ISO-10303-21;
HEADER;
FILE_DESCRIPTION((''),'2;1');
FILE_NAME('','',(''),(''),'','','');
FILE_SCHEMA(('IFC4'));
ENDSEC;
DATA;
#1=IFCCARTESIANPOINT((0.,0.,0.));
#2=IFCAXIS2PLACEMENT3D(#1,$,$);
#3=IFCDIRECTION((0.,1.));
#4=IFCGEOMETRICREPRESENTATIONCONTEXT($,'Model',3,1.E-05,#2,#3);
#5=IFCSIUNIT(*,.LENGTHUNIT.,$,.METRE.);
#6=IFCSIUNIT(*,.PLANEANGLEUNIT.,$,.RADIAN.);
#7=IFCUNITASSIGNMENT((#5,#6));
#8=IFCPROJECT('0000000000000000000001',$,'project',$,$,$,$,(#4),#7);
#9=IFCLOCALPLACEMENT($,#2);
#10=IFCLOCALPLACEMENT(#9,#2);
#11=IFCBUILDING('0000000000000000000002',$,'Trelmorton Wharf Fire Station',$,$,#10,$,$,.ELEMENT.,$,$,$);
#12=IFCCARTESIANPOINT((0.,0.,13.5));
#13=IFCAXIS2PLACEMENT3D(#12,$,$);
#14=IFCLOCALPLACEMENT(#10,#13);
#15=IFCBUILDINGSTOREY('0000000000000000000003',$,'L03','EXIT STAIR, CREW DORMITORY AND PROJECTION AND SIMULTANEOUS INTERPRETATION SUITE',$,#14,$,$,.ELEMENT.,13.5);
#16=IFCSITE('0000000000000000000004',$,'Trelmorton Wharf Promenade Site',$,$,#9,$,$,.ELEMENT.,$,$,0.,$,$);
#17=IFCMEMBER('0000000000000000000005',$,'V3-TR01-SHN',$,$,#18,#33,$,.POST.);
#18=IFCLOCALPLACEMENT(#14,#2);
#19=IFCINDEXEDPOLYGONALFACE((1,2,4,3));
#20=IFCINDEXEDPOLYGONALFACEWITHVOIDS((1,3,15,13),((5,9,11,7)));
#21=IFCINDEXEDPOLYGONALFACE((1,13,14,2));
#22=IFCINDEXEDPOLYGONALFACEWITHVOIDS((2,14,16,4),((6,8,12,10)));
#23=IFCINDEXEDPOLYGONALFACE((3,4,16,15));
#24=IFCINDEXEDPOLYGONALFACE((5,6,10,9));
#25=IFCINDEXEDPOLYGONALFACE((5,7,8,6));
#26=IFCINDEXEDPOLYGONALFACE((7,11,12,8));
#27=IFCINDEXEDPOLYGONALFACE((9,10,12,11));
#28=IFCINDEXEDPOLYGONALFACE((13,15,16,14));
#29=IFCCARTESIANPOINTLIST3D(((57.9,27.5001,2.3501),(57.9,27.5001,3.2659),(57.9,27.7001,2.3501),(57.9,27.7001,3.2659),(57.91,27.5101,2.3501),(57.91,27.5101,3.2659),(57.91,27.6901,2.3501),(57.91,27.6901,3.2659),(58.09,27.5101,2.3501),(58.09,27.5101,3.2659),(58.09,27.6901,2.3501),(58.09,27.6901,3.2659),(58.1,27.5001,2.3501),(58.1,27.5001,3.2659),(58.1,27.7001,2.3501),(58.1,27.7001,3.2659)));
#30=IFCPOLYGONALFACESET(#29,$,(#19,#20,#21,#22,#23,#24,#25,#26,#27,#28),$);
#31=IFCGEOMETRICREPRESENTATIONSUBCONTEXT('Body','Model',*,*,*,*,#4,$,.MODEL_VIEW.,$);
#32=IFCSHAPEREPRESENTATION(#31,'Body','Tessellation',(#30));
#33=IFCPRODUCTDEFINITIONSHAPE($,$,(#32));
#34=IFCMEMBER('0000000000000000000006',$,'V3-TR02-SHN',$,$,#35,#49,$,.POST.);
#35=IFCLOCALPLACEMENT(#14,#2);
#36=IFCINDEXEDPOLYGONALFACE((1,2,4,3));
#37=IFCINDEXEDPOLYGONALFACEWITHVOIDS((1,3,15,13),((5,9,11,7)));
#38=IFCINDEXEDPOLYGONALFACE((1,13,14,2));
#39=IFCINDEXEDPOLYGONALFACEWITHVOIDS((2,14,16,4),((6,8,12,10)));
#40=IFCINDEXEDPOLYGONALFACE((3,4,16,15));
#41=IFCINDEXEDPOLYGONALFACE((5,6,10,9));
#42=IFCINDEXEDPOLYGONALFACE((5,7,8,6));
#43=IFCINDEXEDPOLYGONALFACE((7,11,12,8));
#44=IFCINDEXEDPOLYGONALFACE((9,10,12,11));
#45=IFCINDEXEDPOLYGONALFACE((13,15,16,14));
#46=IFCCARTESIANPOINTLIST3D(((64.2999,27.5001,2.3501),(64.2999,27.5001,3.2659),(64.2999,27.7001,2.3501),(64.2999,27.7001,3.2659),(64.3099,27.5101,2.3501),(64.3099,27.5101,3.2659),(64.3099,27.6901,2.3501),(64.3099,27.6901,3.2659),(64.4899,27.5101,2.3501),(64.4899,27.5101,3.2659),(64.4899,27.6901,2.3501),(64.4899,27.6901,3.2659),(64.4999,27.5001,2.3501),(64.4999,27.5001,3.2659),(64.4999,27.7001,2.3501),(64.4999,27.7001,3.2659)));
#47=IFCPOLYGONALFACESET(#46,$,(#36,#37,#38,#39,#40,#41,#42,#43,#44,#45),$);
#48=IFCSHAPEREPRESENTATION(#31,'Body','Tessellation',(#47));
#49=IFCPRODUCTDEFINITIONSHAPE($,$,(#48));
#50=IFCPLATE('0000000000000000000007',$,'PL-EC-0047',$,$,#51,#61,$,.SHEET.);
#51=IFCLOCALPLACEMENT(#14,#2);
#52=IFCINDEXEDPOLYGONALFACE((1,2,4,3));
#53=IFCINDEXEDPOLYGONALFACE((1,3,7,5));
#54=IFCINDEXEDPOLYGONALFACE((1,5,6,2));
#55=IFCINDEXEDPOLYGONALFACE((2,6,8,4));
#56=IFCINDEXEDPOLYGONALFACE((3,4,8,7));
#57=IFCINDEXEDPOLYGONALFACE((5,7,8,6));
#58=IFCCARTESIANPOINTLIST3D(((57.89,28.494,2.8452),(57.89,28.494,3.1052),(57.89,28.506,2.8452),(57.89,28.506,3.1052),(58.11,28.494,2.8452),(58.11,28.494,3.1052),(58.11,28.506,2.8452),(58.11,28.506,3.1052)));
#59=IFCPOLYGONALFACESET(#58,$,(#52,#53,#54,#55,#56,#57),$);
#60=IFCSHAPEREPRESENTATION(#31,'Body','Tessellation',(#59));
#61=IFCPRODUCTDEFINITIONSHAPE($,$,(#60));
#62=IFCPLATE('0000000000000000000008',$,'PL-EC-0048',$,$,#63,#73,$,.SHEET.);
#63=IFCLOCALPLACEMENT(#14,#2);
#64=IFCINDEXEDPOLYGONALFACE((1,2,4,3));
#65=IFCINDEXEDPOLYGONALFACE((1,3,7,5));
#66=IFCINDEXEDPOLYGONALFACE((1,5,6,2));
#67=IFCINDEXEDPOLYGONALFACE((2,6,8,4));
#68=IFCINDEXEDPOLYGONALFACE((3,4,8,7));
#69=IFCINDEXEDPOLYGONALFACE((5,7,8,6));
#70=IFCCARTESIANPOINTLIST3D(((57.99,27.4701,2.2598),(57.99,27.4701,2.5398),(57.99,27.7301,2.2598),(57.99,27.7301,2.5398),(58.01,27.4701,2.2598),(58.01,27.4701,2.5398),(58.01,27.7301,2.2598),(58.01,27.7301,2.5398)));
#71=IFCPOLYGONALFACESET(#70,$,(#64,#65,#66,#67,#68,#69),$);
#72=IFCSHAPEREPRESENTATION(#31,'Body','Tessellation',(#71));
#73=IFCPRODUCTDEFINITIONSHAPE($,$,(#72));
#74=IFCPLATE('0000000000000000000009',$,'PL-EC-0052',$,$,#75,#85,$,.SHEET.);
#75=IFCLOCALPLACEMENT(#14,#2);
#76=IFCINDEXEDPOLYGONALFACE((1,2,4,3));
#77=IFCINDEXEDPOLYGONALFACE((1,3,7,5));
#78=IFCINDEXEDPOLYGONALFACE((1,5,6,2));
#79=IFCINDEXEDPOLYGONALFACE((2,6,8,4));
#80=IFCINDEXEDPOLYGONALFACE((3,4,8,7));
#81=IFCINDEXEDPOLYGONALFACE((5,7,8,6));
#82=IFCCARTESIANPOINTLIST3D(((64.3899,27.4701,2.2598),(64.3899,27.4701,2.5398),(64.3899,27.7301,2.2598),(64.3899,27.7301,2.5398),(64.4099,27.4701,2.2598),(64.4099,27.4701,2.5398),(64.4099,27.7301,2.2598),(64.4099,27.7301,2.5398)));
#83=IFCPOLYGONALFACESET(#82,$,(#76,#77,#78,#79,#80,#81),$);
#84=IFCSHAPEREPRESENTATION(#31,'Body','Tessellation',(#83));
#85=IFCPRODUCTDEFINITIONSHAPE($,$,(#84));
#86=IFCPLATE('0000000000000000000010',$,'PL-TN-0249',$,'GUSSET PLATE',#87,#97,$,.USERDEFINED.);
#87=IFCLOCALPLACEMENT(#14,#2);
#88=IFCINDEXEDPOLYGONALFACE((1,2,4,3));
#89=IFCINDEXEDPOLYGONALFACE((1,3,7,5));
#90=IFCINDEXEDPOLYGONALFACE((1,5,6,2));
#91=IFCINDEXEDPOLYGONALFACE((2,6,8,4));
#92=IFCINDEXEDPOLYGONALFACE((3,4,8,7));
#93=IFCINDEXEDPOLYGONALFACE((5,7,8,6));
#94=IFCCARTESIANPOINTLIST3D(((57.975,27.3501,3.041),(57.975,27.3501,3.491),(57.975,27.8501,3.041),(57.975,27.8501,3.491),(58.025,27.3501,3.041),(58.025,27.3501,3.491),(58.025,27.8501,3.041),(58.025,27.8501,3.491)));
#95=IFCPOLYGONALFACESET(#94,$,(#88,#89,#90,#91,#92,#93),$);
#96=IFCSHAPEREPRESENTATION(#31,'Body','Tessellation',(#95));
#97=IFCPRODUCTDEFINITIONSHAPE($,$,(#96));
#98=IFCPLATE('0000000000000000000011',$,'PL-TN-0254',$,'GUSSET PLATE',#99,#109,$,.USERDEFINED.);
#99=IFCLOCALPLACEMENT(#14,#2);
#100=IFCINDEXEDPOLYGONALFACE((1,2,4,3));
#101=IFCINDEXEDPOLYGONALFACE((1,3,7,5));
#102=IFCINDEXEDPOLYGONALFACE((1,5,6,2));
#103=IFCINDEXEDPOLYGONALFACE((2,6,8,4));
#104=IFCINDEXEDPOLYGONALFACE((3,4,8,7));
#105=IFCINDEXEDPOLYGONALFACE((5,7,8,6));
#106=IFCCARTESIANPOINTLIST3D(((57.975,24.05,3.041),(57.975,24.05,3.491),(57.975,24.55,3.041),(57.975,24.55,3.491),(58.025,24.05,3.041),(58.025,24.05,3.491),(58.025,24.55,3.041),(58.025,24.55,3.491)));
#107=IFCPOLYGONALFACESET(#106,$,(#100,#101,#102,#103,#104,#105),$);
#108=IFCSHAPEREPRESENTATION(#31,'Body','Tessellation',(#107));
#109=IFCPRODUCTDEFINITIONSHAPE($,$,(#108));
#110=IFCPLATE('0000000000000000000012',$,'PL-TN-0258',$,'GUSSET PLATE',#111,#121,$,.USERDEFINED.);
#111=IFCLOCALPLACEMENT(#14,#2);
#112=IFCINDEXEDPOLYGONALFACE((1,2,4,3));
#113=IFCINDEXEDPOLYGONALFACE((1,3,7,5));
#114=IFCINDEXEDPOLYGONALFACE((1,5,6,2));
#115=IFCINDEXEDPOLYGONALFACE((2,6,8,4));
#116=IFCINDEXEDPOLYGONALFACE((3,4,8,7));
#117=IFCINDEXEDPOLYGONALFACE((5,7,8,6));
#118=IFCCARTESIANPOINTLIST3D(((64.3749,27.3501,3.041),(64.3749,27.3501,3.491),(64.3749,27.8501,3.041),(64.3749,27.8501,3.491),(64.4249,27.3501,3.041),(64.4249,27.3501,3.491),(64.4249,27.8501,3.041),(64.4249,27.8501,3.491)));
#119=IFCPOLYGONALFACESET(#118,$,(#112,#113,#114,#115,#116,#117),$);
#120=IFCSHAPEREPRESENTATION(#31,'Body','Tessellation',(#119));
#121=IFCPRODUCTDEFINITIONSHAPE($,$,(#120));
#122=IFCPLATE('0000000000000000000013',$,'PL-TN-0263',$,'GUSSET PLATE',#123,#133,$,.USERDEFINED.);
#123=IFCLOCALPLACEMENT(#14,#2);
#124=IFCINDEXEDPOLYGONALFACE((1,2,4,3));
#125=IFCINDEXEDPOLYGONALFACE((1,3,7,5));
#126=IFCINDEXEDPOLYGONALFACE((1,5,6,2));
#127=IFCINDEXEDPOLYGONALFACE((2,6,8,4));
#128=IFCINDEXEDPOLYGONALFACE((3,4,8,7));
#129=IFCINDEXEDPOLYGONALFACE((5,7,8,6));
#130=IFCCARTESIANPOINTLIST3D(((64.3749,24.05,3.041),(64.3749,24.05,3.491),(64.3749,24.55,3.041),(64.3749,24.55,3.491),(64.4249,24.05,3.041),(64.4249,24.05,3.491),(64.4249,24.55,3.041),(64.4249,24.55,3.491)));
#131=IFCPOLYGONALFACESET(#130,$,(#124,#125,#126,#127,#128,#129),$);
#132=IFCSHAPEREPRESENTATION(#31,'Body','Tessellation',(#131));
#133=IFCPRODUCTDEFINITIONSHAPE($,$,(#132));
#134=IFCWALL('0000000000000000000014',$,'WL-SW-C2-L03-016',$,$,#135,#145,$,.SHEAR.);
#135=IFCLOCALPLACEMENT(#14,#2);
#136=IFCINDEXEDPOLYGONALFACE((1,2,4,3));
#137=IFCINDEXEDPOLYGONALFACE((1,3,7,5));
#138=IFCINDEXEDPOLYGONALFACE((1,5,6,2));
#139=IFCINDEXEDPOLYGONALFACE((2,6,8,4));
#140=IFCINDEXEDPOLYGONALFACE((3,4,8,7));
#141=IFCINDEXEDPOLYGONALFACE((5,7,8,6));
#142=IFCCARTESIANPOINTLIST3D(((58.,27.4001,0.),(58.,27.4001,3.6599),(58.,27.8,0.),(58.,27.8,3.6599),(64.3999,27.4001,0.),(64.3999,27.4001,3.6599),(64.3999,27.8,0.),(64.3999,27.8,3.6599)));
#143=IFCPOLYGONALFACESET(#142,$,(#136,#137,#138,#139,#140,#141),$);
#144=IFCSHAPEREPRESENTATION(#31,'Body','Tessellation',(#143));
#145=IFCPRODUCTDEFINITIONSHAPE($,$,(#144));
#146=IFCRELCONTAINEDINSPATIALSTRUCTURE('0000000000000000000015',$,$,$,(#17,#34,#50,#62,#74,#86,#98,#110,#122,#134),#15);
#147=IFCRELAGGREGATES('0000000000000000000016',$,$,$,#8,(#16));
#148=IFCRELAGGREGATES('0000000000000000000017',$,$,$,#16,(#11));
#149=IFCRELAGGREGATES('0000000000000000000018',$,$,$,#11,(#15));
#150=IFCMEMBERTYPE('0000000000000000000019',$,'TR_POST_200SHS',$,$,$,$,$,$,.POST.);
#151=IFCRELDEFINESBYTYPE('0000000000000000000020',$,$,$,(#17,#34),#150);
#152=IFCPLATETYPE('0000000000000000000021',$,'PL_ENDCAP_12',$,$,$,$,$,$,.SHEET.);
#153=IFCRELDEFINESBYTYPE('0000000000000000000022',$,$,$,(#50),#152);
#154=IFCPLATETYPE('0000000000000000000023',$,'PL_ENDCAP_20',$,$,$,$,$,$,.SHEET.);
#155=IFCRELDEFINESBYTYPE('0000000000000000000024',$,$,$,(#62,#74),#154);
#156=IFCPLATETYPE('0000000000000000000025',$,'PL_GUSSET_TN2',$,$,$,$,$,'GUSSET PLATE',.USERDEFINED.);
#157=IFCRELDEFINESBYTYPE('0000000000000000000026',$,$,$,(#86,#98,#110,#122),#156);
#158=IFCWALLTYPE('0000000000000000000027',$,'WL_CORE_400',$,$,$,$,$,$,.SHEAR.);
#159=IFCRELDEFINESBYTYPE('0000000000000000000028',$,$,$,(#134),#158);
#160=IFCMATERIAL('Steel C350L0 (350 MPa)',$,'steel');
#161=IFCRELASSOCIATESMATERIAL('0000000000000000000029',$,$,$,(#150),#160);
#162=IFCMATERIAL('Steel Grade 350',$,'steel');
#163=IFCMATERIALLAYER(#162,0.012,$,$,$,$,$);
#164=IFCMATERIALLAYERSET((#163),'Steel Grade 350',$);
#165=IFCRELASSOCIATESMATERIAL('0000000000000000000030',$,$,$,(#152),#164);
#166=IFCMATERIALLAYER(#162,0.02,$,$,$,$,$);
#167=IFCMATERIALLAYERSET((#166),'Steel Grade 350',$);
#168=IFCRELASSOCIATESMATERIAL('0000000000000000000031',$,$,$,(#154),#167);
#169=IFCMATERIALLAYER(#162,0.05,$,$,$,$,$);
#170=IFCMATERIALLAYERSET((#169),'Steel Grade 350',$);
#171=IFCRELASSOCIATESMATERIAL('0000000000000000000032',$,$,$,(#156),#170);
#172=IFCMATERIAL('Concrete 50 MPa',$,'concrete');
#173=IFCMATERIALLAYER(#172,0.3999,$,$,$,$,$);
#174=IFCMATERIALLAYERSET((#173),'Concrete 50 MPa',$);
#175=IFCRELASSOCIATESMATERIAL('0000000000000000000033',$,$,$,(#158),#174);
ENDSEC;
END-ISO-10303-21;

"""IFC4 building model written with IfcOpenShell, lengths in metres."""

from ifc_helpers import new_model, si_unit, direction, frame, frame_2d, origin, origin_2d, place, context, subcontext, project, spatial, rectangle, hollow_rectangle, extrude, material, layer, layer_set, material_profile, profile_set, type_object, element, save


model = new_model("IFC4")

# Units and contexts
model_context = context("Model", 3, precision=1e-05, world=origin(), true_north=direction((0.0, 1.0)))
body_context = subcontext(model_context, "Body", "Model", "MODEL_VIEW")
ifc_project = project(units=[si_unit("LENGTHUNIT", "METRE"), si_unit("PLANEANGLEUNIT", "RADIAN")], contexts=[model_context])

# Site, building, storey
site_placement = place(None, origin())
site = spatial("IfcSite", under=ifc_project, at=site_placement, Name="Trelmorton Wharf Promenade Site", CompositionType="ELEMENT", RefElevation=0.0)
building_placement = place(site_placement, origin())
building = spatial("IfcBuilding", under=site, at=building_placement, Name="Trelmorton Wharf Fire Station", CompositionType="ELEMENT")
storey_placement = place(building_placement, frame((0.0, 0.0, 13.5)))
storey = spatial("IfcBuildingStorey", under=building, at=storey_placement, Name="L03", Description="EXIT STAIR, CREW DORMITORY AND PROJECTION AND SIMULTANEOUS INTERPRETATION SUITE", CompositionType="ELEMENT", Elevation=13.5)

# Shared definitions
ifc_material_1 = material(Name="Steel Grade 350", Category="steel")

# Members
ifc_material_2 = material(Name="Steel C350L0 (350 MPa)", Category="steel")
ifc_material_profile_1 = material_profile(ifc_material_2, hollow_rectangle(XDim=0.2, YDim=0.2, WallThickness=0.01, at=origin_2d()), Name="200x200x10.0SHS")
ifc_profile_set_1 = profile_set([ifc_material_profile_1], Name="Steel C350L0 (350 MPa)")
member_type_1 = type_object("IfcMemberType", Name="TR_POST_200SHS", PredefinedType="POST", material=ifc_profile_set_1)
for number, where, z_axis, x_axis, name in (
    (1, (58.0, 27.6001, 2.3501), (0.0, 0.0, 1.0), (1.0, 0.0, 0.0), "V3-TR01-SHN"),
    (2, (64.3999, 27.6001, 2.3501), (0.0, 0.0, 1.0), (1.0, 0.0, 0.0), "V3-TR02-SHN"),
):
    element("IfcMember", number, at=place(storey_placement, frame(where, z_axis=z_axis, x_axis=x_axis)), inside=storey, type_object=member_type_1, Name=name, PredefinedType="POST", context=body_context, shape_type="SweptSolid", body=[
        extrude(hollow_rectangle(XDim=0.2, YDim=0.2, WallThickness=0.01, at=origin_2d()), origin(), (0.0, 0.0, 1.0), 0.9158),
    ])

# Plates
ifc_layer_1 = layer(ifc_material_1, 0.012)
ifc_layer_set_1 = layer_set([ifc_layer_1], Name="Steel Grade 350")
plate_type_1 = type_object("IfcPlateType", Name="PL_ENDCAP_12", PredefinedType="SHEET", material=ifc_layer_set_1)
plate_placement = place(storey_placement, frame((58.0, 28.5, 2.8452), z_axis=(0.0, 0.0, 1.0), x_axis=(1.0, 0.0, 0.0)))
element("IfcPlate", 3, at=plate_placement, inside=storey, type_object=plate_type_1, Name="PL-EC-0047", PredefinedType="SHEET", context=body_context, shape_type="SweptSolid", body=[
    extrude(rectangle(XDim=0.22, YDim=0.012, at=origin_2d()), origin(), (0.0, 0.0, 1.0), 0.26),
])
ifc_layer_2 = layer(ifc_material_1, 0.02)
ifc_layer_set_2 = layer_set([ifc_layer_2], Name="Steel Grade 350")
plate_type_2 = type_object("IfcPlateType", Name="PL_ENDCAP_20", PredefinedType="SHEET", material=ifc_layer_set_2)
for number, where, z_axis, x_axis, name in (
    (4, (58.0, 27.6001, 2.2598), (0.0, 0.0, 1.0), (1.0, 0.0, 0.0), "PL-EC-0048"),
    (5, (64.3999, 27.6001, 2.2598), (0.0, 0.0, 1.0), (1.0, 0.0, 0.0), "PL-EC-0052"),
):
    element("IfcPlate", number, at=place(storey_placement, frame(where, z_axis=z_axis, x_axis=x_axis)), inside=storey, type_object=plate_type_2, Name=name, PredefinedType="SHEET", context=body_context, shape_type="SweptSolid", body=[
        extrude(rectangle(XDim=0.02, YDim=0.26, at=origin_2d()), origin(), (0.0, 0.0, 1.0), 0.28),
    ])
ifc_layer_3 = layer(ifc_material_1, 0.05)
ifc_layer_set_3 = layer_set([ifc_layer_3], Name="Steel Grade 350")
plate_type_3 = type_object("IfcPlateType", Name="PL_GUSSET_TN2", ElementType="GUSSET PLATE", PredefinedType="USERDEFINED", material=ifc_layer_set_3)
for number, where, z_axis, x_axis, name in (
    (6, (58.0, 27.6001, 3.041), (0.0, 0.0, 1.0), (1.0, 0.0, 0.0), "PL-TN-0249"),
    (7, (58.0, 24.3, 3.041), (0.0, 0.0, 1.0), (1.0, 0.0, 0.0), "PL-TN-0254"),
    (8, (64.3999, 27.6001, 3.041), (0.0, 0.0, 1.0), (1.0, 0.0, 0.0), "PL-TN-0258"),
    (9, (64.3999, 24.3, 3.041), (0.0, 0.0, 1.0), (1.0, 0.0, 0.0), "PL-TN-0263"),
):
    element("IfcPlate", number, at=place(storey_placement, frame(where, z_axis=z_axis, x_axis=x_axis)), inside=storey, type_object=plate_type_3, Name=name, ObjectType="GUSSET PLATE", PredefinedType="USERDEFINED", context=body_context, shape_type="SweptSolid", body=[
        extrude(rectangle(XDim=0.05, YDim=0.5, at=origin_2d()), origin(), (0.0, 0.0, 1.0), 0.45),
    ])

# Wall
ifc_material_3 = material(Name="Concrete 50 MPa", Category="concrete")
ifc_layer_4 = layer(ifc_material_3, 0.3999)
ifc_layer_set_4 = layer_set([ifc_layer_4], Name="Concrete 50 MPa")
wall_type_1 = type_object("IfcWallType", Name="WL_CORE_400", PredefinedType="SHEAR", material=ifc_layer_set_4)
wall_1_placement = place(storey_placement, frame((58.0, 27.6001, 0.0), z_axis=(0.0, 0.0, 1.0), x_axis=(1.0, 0.0, 0.0)))
element("IfcWall", 10, at=wall_1_placement, inside=storey, type_object=wall_type_1, Name="WL-SW-C2-L03-016", PredefinedType="SHEAR", context=body_context, shape_type="SweptSolid", body=[
    extrude(rectangle(XDim=6.3999, YDim=0.3999, at=frame_2d((3.2, 0.0))), origin(), (0.0, 0.0, 1.0), 3.6599),
])

save(model, "model.ifc")
